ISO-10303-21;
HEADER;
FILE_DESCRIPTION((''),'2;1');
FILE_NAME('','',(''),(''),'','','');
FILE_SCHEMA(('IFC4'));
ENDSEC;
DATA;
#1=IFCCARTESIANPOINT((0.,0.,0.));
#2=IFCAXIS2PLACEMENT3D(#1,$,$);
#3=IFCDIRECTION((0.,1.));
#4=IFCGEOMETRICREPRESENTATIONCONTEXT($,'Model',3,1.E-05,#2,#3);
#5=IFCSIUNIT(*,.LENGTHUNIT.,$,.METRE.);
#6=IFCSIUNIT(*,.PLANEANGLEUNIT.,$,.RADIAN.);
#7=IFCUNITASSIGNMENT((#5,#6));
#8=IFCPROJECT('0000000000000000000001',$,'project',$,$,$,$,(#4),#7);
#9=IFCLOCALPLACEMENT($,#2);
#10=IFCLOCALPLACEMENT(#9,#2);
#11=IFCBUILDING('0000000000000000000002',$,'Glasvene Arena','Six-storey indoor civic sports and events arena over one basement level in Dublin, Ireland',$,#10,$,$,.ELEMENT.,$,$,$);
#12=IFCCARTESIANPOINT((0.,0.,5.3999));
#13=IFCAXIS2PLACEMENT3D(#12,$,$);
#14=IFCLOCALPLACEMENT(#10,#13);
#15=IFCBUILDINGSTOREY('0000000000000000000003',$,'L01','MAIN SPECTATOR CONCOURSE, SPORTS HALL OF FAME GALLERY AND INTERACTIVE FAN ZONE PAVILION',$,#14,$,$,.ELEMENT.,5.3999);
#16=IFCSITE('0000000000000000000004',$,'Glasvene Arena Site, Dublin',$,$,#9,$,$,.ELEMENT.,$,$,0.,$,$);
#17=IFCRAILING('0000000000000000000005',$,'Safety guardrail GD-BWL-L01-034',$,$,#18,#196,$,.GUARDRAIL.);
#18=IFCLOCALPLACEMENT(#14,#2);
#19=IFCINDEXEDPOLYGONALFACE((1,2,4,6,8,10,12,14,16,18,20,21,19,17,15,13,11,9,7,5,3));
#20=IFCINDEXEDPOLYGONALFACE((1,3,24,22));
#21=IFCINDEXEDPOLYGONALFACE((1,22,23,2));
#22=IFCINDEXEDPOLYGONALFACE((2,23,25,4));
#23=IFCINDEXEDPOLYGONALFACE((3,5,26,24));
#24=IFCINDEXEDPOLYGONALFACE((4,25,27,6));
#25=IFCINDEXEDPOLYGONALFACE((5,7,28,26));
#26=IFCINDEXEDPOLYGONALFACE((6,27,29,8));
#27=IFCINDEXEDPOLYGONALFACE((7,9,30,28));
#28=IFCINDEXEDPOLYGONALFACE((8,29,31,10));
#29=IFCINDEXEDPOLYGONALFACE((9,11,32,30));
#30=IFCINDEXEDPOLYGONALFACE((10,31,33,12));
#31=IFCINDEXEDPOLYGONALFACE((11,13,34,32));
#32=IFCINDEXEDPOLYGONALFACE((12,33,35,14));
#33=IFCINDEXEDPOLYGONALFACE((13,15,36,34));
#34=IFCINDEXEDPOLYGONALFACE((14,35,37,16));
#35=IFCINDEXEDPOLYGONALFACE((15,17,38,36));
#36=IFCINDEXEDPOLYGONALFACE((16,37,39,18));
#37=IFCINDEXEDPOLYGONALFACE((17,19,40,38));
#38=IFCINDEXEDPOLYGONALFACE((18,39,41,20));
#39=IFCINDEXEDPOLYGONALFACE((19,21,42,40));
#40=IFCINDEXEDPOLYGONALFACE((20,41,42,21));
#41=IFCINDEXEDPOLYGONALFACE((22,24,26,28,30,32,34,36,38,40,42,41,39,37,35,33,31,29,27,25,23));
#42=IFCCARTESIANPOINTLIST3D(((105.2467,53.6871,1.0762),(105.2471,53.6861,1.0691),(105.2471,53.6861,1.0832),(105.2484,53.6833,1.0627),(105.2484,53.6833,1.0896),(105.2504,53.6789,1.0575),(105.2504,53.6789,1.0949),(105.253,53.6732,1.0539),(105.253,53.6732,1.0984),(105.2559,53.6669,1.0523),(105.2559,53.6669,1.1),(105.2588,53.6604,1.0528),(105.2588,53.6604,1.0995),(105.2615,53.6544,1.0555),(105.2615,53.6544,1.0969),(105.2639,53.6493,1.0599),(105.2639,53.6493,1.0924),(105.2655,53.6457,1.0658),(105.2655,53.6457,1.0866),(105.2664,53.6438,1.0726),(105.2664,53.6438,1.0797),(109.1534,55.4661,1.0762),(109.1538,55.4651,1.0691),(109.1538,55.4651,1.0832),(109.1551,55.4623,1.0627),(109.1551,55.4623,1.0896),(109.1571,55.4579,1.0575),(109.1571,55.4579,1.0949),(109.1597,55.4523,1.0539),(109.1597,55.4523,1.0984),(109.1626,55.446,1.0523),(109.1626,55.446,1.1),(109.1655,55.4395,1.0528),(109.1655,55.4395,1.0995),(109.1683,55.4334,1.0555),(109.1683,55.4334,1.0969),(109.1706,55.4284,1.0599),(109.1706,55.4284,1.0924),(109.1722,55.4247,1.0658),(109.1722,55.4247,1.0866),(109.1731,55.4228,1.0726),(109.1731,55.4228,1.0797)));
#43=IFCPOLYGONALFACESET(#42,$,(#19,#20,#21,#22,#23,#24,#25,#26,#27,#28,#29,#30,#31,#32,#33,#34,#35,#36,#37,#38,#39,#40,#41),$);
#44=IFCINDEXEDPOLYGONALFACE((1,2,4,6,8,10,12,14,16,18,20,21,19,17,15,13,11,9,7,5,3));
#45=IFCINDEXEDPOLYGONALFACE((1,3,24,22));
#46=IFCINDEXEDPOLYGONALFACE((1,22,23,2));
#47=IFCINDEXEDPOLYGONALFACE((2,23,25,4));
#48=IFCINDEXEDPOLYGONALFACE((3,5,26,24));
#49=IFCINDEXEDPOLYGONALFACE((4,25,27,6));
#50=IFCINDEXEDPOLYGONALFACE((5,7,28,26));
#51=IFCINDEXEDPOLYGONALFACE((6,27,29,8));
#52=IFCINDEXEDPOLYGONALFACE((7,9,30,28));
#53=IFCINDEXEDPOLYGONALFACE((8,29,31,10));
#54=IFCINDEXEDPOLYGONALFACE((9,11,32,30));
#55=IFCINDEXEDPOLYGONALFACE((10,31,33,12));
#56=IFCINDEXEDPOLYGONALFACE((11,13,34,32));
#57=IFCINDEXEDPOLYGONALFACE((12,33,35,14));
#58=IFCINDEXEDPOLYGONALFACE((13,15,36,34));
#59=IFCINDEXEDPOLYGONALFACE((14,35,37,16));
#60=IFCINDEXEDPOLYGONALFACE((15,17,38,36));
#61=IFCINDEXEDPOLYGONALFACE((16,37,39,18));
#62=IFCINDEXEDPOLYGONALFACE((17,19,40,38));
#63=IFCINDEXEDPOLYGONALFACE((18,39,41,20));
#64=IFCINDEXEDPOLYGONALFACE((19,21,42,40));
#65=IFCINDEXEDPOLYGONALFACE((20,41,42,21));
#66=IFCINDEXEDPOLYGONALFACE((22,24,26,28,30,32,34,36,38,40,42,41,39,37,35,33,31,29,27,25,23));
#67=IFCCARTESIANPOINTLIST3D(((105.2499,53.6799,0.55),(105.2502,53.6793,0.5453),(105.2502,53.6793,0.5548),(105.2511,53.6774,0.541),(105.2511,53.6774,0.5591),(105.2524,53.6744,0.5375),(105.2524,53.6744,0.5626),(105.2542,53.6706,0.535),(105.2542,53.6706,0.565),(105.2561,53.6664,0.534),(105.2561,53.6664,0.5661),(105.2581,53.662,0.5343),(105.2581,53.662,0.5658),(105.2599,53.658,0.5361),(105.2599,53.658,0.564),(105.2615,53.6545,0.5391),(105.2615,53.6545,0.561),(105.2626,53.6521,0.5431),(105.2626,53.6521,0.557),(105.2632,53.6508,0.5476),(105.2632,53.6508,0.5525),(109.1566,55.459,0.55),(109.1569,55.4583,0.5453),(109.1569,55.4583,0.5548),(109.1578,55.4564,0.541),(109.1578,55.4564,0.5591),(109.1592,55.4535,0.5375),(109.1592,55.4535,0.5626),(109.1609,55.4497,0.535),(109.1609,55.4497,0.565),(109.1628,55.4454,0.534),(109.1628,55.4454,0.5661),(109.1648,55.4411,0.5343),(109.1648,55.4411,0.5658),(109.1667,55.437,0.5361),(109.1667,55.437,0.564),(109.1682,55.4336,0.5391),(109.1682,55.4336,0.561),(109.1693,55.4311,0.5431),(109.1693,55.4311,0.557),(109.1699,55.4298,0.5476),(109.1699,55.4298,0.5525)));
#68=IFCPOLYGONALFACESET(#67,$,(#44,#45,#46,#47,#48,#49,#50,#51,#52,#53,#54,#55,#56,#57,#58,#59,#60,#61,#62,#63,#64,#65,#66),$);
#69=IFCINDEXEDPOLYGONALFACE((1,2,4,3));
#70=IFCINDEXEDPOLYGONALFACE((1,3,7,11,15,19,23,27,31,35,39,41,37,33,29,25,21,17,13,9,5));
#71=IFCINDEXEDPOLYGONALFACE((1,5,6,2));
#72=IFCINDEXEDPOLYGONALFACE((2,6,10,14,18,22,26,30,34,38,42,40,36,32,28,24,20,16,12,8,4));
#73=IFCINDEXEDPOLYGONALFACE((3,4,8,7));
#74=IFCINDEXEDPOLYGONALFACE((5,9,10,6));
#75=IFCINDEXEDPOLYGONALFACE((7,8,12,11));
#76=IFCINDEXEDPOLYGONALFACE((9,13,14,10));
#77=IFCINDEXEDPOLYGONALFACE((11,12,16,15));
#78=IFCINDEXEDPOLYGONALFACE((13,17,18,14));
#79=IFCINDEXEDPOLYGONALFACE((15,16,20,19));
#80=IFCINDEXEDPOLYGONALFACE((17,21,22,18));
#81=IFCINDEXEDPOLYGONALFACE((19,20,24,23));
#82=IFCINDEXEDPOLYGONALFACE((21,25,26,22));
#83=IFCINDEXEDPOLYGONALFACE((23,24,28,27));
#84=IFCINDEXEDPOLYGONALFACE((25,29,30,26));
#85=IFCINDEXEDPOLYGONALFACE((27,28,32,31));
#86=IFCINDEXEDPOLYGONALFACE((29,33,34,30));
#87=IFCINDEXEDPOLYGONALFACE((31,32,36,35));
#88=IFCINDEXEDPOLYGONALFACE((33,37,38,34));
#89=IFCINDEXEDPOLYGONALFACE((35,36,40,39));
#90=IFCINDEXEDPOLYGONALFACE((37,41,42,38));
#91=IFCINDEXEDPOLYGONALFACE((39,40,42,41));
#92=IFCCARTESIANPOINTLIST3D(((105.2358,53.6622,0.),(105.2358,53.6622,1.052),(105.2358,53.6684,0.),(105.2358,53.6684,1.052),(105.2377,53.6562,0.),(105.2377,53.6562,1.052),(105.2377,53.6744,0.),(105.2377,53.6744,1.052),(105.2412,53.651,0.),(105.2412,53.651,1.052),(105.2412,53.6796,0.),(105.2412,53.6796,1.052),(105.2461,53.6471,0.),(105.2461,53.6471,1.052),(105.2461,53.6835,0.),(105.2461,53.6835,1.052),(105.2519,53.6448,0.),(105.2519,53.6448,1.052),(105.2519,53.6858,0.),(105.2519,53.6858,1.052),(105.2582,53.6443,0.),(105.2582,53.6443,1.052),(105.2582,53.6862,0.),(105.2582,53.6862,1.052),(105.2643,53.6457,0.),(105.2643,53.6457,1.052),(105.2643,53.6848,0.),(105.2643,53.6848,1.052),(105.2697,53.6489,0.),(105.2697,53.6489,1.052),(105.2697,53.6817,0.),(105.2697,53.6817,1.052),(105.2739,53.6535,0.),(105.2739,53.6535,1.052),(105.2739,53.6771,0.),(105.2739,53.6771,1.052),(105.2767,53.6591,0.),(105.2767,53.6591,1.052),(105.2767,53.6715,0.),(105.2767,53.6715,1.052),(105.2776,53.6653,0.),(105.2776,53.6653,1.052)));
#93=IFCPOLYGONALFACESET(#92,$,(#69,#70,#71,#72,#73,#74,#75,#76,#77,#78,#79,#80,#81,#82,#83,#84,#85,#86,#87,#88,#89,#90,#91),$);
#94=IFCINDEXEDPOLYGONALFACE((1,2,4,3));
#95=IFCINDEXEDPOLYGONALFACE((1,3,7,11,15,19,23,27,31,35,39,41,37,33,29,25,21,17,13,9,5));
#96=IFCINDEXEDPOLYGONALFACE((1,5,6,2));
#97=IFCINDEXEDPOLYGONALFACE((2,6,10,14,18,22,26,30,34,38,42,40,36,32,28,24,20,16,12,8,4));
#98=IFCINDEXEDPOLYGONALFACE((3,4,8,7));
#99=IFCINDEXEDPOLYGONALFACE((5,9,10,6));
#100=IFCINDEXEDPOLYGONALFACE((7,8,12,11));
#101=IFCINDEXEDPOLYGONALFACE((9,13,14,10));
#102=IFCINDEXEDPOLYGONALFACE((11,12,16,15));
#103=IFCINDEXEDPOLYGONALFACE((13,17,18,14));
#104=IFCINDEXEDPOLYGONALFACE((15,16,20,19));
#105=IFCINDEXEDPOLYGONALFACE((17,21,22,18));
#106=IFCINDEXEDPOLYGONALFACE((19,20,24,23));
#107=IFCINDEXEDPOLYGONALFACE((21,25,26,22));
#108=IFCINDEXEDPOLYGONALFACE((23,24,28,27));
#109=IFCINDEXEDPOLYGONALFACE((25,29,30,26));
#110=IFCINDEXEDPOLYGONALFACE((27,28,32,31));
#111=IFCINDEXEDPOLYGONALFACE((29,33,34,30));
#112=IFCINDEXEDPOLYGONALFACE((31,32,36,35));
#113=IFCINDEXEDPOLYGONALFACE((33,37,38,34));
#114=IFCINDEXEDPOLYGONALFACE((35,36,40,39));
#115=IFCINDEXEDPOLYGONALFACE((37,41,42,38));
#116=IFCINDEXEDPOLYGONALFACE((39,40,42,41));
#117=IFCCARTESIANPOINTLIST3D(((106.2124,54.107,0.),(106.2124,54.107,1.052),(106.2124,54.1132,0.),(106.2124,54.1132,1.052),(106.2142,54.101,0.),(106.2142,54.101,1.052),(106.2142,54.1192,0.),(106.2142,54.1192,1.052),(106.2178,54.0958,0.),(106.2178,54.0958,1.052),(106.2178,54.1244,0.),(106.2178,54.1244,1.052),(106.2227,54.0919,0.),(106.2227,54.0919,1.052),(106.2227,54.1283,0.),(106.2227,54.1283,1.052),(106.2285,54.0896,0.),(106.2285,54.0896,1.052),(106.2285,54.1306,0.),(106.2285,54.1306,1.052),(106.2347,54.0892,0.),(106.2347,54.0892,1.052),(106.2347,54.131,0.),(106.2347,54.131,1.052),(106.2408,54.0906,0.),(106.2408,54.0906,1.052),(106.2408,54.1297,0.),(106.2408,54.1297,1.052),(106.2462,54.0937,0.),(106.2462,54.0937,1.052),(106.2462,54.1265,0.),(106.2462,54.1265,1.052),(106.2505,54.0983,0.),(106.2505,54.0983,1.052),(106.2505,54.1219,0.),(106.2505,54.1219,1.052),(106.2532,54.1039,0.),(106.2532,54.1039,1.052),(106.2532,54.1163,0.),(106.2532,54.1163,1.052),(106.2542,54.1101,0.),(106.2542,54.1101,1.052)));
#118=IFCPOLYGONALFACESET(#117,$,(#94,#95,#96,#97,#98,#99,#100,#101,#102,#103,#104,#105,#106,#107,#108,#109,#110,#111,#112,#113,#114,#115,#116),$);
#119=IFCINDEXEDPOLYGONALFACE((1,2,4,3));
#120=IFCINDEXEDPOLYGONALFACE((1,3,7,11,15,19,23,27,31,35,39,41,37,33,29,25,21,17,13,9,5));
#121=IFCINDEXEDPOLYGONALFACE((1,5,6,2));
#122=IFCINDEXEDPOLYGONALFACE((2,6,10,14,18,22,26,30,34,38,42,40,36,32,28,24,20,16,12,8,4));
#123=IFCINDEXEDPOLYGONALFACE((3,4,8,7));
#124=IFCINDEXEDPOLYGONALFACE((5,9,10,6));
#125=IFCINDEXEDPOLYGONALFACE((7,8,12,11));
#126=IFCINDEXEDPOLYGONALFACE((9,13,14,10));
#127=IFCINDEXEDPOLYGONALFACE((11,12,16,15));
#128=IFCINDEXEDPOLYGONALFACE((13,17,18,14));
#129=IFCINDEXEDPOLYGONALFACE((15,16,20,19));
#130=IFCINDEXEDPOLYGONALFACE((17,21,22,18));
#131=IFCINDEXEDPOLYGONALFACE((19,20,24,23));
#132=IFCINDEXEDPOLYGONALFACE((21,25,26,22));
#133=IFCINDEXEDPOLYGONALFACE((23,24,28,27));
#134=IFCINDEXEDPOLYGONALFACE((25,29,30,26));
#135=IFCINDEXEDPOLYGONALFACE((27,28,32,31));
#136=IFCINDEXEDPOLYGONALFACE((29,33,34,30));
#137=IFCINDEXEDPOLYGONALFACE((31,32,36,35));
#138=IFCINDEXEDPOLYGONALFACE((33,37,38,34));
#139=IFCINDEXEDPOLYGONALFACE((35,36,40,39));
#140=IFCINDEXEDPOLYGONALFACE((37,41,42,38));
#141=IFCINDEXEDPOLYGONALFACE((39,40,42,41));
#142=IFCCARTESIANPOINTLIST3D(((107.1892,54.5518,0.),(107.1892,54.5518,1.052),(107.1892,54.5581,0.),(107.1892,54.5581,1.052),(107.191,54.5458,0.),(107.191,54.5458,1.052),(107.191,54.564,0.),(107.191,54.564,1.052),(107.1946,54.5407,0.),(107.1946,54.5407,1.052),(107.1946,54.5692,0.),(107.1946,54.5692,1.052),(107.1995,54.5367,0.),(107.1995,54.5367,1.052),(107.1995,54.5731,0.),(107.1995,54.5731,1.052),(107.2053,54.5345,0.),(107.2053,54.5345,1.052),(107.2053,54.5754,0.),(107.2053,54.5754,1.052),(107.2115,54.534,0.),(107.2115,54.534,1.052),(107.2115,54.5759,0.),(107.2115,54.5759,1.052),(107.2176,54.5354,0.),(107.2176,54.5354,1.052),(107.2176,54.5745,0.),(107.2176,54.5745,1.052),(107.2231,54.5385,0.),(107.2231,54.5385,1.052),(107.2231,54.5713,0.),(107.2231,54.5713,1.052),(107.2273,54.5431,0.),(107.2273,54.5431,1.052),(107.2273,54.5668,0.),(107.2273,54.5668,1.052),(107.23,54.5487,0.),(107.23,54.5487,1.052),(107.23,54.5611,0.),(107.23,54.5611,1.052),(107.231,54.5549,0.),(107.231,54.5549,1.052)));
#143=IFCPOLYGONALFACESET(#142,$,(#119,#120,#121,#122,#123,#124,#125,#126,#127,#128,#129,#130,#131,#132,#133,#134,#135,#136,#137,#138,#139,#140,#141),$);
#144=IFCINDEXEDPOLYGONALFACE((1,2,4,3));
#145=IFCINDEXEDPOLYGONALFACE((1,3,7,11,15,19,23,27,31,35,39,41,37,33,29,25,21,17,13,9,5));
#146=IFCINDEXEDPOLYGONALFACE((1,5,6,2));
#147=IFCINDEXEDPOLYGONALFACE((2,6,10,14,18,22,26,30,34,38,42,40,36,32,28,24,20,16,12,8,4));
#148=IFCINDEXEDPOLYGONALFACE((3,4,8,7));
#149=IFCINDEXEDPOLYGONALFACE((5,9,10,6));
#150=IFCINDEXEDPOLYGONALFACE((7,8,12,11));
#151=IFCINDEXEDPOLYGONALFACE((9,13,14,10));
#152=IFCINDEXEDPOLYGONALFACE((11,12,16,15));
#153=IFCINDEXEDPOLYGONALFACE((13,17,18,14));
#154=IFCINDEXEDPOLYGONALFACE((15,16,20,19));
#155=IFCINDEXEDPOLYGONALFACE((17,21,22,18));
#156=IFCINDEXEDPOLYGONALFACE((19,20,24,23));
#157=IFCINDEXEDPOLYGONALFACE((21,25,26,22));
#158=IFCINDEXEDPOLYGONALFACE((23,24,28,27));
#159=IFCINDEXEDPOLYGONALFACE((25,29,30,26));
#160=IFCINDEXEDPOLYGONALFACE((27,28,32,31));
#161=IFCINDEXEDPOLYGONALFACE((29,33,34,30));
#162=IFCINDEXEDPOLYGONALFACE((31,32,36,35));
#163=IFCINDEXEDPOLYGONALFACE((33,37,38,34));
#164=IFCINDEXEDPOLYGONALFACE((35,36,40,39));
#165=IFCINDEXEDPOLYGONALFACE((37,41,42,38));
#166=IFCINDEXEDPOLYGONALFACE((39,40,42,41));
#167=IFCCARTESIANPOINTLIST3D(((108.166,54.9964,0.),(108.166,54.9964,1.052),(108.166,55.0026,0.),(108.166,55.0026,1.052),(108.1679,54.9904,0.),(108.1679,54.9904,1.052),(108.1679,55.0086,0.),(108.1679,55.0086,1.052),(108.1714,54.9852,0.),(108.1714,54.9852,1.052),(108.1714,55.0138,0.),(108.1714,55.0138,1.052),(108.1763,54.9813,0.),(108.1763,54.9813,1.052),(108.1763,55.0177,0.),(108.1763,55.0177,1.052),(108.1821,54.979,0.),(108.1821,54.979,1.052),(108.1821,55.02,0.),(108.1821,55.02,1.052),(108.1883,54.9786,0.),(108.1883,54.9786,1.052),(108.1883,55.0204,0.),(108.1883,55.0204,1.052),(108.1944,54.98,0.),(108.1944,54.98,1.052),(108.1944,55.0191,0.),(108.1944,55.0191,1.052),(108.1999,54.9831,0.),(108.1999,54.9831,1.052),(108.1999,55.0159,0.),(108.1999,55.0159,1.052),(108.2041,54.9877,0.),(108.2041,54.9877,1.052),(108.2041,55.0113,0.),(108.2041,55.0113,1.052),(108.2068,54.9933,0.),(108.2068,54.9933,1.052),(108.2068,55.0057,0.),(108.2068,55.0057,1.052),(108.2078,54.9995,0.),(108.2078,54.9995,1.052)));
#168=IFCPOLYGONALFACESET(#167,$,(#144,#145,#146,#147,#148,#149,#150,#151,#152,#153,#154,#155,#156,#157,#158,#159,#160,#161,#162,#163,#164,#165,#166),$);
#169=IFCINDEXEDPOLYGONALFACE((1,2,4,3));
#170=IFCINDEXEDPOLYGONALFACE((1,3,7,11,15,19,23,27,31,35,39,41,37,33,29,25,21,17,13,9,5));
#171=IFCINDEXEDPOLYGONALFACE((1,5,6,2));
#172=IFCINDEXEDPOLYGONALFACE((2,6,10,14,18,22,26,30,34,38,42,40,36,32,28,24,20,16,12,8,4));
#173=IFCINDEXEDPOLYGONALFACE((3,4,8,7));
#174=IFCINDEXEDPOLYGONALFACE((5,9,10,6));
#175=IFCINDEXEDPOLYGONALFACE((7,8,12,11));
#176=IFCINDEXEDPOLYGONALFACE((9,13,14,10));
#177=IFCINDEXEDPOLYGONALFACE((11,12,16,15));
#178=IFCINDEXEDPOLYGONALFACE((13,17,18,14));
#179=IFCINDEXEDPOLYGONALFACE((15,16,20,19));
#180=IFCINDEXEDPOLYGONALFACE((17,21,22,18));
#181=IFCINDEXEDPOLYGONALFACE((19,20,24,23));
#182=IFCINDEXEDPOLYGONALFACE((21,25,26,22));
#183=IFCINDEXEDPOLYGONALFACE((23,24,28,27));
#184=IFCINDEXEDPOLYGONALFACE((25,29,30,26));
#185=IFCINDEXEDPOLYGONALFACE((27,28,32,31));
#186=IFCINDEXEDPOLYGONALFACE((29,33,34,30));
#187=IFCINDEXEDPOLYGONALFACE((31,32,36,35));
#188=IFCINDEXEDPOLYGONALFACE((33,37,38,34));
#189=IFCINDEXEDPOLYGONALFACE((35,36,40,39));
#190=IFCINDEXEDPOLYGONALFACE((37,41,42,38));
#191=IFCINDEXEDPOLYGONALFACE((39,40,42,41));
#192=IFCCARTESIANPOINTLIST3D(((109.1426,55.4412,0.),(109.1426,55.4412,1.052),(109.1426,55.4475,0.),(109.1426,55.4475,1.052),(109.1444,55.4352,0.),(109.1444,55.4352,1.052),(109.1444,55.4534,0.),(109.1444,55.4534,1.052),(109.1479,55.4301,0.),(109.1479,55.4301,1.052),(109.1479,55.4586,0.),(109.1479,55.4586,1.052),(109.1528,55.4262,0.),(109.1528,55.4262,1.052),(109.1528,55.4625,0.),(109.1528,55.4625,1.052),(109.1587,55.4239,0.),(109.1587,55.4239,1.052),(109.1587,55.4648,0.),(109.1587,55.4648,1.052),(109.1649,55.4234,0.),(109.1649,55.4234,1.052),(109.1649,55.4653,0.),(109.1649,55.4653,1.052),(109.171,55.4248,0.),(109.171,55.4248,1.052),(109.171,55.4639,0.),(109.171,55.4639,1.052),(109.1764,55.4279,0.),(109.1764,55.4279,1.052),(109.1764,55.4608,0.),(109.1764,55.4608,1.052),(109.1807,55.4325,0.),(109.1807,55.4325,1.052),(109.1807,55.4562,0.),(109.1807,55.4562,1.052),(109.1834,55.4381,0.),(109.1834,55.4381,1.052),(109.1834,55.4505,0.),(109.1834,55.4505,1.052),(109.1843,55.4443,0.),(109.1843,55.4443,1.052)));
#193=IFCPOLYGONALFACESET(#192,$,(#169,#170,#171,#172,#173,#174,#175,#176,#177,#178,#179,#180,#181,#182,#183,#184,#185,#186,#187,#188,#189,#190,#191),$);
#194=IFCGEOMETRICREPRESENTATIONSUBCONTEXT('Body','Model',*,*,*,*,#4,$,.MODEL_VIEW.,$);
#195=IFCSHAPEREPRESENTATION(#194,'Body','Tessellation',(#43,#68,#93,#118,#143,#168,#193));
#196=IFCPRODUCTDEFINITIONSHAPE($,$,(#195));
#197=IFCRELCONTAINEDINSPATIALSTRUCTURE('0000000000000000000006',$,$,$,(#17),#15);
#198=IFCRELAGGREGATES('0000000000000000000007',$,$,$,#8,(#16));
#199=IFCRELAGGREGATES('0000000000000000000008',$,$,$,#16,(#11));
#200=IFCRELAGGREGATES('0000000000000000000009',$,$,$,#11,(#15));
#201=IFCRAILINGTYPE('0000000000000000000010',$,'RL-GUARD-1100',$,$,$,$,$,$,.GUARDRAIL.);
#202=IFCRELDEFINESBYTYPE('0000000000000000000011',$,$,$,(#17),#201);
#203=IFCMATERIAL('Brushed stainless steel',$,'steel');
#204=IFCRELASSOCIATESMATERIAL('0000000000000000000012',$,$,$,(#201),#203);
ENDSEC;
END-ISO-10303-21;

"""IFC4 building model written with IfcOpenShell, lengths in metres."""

from ifc_helpers import new_model, si_unit, direction, frame, origin, origin_2d, place, context, subcontext, project, spatial, circle, extrude, material, type_object, element, save


model = new_model("IFC4")

# Units and contexts
model_context = context("Model", 3, precision=1e-05, world=origin(), true_north=direction((0.0, 1.0)))
body_context = subcontext(model_context, "Body", "Model", "MODEL_VIEW")
ifc_project = project(units=[si_unit("LENGTHUNIT", "METRE"), si_unit("PLANEANGLEUNIT", "RADIAN")], contexts=[model_context])

# Site, building, storey
site_placement = place(None, origin())
site = spatial("IfcSite", under=ifc_project, at=site_placement, Name="Glasvene Arena Site, Dublin", CompositionType="ELEMENT", RefElevation=0.0)
building_placement = place(site_placement, origin())
building = spatial("IfcBuilding", under=site, at=building_placement, Name="Glasvene Arena", Description="Six-storey indoor civic sports and events arena over one basement level in Dublin, Ireland", CompositionType="ELEMENT")
storey_placement = place(building_placement, frame((0.0, 0.0, 5.3999)))
storey = spatial("IfcBuildingStorey", under=building, at=storey_placement, Name="L01", Description="MAIN SPECTATOR CONCOURSE, SPORTS HALL OF FAME GALLERY AND INTERACTIVE FAN ZONE PAVILION", CompositionType="ELEMENT", Elevation=5.3999)

# Railing
ifc_material_1 = material(Name="Brushed stainless steel", Category="steel")
railing_type = type_object("IfcRailingType", Name="RL-GUARD-1100", PredefinedType="GUARDRAIL", material=ifc_material_1)
railing_1_placement = place(storey_placement, frame((105.2566, 53.6653, 0.0)))
element("IfcRailing", 1, at=railing_1_placement, inside=storey, type_object=railing_type, Name="Safety guardrail GD-BWL-L01-034", PredefinedType="GUARDRAIL", context=body_context, shape_type="SweptSolid", body=[
    extrude(circle(Radius=0.0239, at=origin_2d()), frame((0.0, 0.0, 1.0762), z_axis=(0.91008, 0.414433, 0.0), x_axis=(-0.414433, 0.91008, 0.0)), (0.0, 0.0, 1.0), 4.2927),
    extrude(circle(Radius=0.0161, at=origin_2d()), frame((0.0, 0.0, 0.55), z_axis=(0.91008, 0.414433, 0.0), x_axis=(-0.414433, 0.91008, 0.0)), (0.0, 0.0, 1.0), 4.2927),
    extrude(circle(Radius=0.021, at=origin_2d()), origin(), (0.0, 0.0, 1.0), 1.052),
    extrude(circle(Radius=0.021, at=origin_2d()), frame((0.9766, 0.4448, 0.0)), (0.0, 0.0, 1.0), 1.052),
    extrude(circle(Radius=0.021, at=origin_2d()), frame((1.9534, 0.8896, 0.0)), (0.0, 0.0, 1.0), 1.052),
    extrude(circle(Radius=0.021, at=origin_2d()), frame((2.9302, 1.3342, 0.0)), (0.0, 0.0, 1.0), 1.052),
    extrude(circle(Radius=0.021, at=origin_2d()), frame((3.9067, 1.7791, 0.0)), (0.0, 0.0, 1.0), 1.052),
])

save(model, "model.ifc")
